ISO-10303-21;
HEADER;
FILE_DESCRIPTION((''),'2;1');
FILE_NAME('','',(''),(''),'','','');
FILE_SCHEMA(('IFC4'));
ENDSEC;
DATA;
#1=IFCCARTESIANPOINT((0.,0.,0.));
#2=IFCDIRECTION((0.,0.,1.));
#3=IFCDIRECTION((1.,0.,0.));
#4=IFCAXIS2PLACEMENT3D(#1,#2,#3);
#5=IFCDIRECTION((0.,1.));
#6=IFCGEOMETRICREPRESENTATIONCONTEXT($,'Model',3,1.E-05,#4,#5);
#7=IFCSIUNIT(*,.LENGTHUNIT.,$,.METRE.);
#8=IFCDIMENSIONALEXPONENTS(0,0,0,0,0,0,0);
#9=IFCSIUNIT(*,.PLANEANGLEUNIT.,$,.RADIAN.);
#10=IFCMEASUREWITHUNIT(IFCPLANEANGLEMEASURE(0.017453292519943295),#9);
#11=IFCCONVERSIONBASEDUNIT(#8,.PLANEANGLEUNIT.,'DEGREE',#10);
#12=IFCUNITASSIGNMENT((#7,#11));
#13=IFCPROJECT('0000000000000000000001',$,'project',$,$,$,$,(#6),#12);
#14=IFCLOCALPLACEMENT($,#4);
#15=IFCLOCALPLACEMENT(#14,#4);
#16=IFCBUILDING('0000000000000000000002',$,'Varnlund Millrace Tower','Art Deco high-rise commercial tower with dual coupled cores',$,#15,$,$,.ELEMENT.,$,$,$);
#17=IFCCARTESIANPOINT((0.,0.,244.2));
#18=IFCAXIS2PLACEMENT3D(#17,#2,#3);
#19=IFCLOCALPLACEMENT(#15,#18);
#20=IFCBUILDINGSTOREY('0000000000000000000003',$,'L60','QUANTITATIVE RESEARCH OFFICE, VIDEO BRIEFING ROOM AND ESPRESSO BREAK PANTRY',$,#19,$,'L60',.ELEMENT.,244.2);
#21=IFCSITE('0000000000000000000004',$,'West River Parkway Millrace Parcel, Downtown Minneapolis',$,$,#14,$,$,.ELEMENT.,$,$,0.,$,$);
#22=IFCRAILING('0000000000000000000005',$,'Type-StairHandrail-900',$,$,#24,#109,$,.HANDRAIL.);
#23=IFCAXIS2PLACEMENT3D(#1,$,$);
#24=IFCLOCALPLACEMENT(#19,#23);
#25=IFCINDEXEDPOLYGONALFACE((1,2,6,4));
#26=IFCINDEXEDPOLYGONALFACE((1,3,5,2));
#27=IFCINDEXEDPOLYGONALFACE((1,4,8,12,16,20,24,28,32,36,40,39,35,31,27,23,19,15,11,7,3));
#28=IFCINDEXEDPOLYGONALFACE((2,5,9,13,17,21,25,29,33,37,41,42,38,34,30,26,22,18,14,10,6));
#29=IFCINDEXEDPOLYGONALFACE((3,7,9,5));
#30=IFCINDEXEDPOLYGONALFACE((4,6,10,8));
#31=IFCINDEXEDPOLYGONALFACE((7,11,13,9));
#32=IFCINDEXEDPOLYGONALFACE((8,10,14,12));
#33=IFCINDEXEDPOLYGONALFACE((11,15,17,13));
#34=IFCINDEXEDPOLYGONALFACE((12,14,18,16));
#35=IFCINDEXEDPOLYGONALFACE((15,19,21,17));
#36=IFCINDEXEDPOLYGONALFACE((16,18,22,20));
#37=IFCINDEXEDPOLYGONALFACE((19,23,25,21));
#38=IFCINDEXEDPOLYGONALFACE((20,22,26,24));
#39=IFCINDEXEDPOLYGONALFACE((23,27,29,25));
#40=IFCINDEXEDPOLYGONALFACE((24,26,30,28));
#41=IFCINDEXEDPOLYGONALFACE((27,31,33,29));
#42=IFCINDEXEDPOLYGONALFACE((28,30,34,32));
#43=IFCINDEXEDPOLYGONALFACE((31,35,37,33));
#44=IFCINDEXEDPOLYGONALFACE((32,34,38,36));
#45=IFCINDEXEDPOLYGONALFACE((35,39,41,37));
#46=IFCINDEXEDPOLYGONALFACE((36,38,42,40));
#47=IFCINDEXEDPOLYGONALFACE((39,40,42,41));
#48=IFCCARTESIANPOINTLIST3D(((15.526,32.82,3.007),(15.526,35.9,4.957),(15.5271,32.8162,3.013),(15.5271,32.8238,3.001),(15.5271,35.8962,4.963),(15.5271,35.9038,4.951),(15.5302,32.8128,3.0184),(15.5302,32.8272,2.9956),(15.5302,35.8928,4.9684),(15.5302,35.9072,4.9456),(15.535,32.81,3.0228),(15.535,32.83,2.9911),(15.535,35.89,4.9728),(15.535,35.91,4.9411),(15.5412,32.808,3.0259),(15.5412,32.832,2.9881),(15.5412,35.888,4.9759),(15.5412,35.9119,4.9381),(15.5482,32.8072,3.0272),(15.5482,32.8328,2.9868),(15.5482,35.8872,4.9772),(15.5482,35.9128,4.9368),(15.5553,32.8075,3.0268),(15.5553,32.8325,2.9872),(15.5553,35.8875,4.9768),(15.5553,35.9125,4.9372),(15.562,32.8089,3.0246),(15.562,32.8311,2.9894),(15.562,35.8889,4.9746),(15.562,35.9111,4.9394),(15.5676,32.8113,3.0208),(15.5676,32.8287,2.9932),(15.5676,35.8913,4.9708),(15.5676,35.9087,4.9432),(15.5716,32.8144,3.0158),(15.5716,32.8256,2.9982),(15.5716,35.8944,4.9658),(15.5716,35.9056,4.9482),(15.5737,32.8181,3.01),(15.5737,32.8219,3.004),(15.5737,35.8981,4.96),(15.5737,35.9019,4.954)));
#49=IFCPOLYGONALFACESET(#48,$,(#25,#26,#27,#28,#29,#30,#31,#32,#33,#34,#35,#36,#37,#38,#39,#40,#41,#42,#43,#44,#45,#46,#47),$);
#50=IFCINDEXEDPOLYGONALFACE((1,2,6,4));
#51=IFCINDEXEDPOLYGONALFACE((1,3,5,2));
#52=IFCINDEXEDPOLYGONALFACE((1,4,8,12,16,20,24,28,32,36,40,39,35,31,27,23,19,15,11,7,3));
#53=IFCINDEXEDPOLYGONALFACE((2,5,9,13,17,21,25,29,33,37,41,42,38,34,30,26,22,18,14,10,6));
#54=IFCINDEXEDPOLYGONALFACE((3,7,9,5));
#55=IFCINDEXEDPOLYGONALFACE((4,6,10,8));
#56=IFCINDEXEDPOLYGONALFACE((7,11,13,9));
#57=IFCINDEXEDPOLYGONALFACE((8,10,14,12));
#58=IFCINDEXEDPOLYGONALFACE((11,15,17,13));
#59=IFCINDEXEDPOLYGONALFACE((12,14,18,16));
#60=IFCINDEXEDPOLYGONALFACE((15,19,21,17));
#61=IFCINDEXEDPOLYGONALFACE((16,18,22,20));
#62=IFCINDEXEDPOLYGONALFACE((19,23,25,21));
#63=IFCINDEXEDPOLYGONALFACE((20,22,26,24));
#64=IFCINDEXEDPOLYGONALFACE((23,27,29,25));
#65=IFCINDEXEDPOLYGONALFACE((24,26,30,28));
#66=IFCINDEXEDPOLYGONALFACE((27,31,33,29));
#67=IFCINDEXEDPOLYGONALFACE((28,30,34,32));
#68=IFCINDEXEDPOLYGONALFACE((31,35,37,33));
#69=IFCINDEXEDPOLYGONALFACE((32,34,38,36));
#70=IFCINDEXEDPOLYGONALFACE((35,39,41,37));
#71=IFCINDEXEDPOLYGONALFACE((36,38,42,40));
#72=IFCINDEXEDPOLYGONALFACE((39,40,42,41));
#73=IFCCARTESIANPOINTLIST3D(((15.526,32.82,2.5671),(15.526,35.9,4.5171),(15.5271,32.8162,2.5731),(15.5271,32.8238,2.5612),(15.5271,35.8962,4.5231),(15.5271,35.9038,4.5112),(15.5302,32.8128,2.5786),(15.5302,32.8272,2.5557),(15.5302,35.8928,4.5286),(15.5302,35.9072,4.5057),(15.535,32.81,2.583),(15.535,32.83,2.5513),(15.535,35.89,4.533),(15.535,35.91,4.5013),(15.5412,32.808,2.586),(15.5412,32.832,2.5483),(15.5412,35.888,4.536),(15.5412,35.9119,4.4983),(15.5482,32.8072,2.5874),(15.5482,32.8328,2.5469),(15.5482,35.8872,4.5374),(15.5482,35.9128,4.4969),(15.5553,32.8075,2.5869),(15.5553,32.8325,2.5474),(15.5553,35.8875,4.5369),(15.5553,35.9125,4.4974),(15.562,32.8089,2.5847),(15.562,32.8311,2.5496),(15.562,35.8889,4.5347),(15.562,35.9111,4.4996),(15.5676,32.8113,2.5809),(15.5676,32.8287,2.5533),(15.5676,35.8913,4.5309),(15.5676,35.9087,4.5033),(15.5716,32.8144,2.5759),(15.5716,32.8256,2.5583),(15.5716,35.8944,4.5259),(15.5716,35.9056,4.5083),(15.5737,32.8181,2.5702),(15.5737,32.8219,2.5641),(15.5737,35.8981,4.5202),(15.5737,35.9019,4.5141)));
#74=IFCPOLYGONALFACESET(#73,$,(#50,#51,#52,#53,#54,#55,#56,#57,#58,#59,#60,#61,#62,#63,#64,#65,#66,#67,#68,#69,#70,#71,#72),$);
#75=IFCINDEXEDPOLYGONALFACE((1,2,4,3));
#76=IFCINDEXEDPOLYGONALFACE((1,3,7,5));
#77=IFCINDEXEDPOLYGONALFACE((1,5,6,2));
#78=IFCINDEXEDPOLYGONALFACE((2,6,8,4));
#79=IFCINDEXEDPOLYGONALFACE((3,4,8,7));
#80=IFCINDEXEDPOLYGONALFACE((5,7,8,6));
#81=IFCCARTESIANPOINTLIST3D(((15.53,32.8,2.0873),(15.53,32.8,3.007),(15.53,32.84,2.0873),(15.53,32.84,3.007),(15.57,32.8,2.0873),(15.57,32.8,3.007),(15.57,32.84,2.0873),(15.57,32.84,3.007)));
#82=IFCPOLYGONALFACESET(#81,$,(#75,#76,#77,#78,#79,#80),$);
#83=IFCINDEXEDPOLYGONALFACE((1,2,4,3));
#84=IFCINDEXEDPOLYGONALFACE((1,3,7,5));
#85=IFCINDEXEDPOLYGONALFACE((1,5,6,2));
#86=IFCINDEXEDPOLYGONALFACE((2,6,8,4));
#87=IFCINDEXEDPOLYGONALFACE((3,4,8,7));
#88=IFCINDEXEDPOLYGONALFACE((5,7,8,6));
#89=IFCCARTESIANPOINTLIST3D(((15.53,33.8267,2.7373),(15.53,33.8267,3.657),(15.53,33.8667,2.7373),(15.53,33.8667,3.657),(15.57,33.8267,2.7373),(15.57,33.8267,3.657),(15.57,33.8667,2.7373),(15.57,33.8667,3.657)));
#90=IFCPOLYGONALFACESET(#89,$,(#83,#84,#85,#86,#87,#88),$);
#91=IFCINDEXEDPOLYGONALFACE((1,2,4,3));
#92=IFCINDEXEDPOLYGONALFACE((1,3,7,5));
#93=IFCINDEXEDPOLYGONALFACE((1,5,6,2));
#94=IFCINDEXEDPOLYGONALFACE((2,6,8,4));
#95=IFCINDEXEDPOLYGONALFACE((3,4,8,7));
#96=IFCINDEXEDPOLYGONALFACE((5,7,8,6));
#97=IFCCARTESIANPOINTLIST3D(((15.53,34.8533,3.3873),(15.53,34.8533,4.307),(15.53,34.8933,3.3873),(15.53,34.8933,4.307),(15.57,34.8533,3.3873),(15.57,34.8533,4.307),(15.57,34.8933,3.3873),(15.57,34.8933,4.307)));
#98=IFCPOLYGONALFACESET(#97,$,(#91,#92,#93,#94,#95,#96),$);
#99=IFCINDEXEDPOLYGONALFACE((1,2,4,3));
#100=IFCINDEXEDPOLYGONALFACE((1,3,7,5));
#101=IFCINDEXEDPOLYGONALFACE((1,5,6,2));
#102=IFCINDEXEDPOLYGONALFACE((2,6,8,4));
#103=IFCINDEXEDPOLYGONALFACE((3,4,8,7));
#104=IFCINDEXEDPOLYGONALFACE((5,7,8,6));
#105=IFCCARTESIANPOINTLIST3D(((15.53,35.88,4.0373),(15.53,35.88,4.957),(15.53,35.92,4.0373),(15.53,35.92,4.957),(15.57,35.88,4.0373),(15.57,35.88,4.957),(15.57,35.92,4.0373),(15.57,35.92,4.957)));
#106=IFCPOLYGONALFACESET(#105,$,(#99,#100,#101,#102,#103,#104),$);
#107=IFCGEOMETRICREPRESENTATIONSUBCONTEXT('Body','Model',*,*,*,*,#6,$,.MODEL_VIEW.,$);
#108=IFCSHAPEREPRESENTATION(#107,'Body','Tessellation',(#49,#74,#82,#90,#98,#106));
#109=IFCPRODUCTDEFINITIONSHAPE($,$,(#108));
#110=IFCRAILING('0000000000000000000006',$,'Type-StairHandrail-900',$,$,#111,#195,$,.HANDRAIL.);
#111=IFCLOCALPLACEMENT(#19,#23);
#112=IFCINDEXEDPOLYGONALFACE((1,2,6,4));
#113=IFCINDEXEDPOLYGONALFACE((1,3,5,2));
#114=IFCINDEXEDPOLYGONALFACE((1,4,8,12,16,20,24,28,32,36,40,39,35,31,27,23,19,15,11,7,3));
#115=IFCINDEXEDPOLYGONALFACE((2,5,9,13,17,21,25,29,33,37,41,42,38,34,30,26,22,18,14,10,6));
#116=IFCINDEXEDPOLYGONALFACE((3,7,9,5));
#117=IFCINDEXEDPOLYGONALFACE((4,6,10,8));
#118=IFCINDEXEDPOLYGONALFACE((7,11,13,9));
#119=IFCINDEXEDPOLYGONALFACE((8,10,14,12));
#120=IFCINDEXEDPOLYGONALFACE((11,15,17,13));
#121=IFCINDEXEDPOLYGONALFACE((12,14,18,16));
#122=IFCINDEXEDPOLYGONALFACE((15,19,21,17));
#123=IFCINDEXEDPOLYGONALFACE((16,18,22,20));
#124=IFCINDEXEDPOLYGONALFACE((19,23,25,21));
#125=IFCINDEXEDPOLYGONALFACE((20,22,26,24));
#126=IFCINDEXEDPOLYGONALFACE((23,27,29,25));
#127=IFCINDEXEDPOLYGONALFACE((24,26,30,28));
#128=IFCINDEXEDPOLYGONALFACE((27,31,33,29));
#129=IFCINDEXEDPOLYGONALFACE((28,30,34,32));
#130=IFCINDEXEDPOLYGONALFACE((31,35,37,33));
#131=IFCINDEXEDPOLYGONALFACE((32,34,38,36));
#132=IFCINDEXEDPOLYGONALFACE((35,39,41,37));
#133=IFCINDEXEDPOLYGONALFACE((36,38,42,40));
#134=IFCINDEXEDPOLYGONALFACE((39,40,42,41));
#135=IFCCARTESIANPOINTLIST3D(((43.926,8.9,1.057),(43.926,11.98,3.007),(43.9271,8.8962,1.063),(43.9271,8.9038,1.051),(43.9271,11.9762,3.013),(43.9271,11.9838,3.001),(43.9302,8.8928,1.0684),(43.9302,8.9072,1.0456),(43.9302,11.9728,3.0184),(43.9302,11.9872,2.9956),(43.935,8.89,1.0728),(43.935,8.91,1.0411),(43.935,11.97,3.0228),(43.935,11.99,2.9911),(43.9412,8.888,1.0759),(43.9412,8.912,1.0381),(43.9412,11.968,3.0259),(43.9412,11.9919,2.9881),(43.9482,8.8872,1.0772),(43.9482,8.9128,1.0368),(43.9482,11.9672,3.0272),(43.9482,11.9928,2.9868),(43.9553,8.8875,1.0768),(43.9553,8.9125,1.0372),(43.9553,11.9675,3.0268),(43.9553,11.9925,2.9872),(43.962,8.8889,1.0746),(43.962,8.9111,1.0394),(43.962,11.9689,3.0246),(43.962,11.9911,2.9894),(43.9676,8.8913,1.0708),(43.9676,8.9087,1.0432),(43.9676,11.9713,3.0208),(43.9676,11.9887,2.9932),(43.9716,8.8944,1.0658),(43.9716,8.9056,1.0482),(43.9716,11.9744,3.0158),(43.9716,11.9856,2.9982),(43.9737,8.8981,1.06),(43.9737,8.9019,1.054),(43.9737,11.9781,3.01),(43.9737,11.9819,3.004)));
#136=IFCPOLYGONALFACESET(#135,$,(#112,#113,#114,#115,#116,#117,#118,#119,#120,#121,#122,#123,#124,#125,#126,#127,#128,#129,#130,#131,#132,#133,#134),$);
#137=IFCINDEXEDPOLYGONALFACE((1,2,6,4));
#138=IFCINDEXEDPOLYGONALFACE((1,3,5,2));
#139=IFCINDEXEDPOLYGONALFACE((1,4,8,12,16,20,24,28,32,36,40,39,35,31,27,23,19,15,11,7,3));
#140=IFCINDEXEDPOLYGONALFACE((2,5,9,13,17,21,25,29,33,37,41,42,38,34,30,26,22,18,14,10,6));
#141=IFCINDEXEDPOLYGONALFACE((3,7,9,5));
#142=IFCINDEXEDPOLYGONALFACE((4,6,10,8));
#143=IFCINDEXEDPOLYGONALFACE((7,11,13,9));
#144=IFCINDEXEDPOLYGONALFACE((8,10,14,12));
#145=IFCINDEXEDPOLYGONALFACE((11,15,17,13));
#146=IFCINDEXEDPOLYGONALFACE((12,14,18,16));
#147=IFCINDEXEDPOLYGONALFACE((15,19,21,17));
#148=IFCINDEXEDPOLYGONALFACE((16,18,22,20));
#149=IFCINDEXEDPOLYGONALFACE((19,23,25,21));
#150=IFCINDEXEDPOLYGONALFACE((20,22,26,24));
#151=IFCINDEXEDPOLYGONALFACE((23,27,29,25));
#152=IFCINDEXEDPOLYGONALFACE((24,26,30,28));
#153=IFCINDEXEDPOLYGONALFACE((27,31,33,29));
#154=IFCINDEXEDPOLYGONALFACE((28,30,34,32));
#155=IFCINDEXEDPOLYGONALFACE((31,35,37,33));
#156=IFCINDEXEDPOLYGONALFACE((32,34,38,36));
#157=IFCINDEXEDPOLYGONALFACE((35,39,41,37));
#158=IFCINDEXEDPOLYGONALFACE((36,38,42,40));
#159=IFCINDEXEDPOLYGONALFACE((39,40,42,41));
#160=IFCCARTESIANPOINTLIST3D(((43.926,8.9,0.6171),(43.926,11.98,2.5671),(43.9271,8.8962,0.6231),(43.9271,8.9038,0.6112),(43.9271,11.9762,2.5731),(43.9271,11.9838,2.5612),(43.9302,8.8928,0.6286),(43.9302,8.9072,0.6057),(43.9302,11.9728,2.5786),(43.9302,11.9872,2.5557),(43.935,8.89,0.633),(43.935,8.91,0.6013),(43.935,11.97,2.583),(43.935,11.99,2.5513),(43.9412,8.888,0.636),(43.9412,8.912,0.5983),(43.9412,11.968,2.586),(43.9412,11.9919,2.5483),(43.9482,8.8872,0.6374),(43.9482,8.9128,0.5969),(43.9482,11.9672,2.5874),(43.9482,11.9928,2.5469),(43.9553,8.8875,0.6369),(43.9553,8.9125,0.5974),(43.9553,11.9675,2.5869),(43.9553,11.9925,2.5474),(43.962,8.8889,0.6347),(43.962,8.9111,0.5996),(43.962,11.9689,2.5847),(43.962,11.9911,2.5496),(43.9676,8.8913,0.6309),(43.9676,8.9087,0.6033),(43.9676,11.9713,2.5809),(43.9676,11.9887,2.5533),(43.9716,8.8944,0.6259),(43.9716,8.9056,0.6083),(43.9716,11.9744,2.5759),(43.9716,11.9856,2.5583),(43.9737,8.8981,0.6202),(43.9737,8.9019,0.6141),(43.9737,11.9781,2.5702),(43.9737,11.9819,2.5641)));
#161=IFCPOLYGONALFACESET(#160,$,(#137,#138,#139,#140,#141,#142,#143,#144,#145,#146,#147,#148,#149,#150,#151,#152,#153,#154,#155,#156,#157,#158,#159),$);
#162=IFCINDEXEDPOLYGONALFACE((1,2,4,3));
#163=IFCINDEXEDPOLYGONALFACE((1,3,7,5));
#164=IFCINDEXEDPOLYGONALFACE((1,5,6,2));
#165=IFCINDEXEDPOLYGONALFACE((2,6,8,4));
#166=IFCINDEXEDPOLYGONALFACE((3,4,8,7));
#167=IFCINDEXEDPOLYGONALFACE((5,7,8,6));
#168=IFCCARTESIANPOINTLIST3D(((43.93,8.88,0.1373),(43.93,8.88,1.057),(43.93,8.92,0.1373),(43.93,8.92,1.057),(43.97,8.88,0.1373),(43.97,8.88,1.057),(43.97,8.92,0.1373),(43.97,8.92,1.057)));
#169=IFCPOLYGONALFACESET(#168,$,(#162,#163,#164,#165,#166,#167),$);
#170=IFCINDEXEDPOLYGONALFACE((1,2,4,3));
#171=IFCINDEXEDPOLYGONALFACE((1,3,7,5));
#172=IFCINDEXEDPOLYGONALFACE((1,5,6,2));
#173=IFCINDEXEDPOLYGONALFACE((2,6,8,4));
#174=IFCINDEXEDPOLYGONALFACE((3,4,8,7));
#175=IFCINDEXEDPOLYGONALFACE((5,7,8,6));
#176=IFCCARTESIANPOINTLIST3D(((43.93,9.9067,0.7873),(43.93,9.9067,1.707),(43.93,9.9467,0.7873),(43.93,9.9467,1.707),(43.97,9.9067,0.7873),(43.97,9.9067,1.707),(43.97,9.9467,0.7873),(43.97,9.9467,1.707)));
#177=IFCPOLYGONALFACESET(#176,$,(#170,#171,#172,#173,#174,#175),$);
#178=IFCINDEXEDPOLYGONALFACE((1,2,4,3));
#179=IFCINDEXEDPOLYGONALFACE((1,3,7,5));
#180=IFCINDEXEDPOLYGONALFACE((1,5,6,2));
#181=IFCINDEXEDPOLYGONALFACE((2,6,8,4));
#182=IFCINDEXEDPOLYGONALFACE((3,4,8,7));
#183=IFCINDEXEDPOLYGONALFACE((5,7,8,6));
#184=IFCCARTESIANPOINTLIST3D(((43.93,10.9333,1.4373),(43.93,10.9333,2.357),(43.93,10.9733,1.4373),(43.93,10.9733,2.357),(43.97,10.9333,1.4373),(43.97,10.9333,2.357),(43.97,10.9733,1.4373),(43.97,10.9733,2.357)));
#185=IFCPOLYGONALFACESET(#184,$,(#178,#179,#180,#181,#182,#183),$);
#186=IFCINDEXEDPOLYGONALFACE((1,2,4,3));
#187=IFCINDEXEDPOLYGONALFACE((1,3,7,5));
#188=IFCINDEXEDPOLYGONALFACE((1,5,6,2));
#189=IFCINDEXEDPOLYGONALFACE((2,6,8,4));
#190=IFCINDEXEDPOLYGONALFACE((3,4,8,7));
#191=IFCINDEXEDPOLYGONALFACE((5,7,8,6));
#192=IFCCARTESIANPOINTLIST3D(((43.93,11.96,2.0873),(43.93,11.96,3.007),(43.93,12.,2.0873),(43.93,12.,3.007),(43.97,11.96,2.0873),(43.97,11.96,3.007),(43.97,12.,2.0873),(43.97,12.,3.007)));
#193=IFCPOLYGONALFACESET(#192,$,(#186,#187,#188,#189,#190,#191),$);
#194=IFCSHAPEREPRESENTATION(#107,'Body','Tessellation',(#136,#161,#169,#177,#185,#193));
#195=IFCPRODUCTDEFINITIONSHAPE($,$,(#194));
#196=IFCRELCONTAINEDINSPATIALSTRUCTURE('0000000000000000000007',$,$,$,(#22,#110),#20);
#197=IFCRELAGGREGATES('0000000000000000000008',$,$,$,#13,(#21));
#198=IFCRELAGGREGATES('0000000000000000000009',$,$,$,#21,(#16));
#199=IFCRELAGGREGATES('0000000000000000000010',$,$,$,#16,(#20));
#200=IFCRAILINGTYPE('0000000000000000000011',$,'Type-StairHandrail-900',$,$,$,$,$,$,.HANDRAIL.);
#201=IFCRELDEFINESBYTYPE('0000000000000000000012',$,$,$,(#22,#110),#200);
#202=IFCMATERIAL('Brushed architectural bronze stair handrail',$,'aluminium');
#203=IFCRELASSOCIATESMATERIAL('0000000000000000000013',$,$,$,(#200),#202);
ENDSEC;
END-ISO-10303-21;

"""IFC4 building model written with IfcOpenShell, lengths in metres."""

from ifc_helpers import new_model, entity, si_unit, converted_unit, direction, frame, origin_with_axes, origin_2d_with_axis, place, context, subcontext, project, spatial, rectangle, circle, extrude, material, type_object, element, save


model = new_model("IFC4")

# Units and contexts
model_context = context("Model", 3, precision=1e-05, world=origin_with_axes(), true_north=direction((0.0, 1.0)))
body_context = subcontext(model_context, "Body", "Model", "MODEL_VIEW")
ifc_project = project(units=[si_unit("LENGTHUNIT", "METRE"), converted_unit("PLANEANGLEUNIT", "DEGREE", entity("IfcPlaneAngleMeasure", 0.017453292519943295), si_unit("PLANEANGLEUNIT", "RADIAN"), dimensions=[0, 0, 0, 0, 0, 0, 0])], contexts=[model_context])

# Site, building, storey
site_placement = place(None, origin_with_axes())
site = spatial("IfcSite", under=ifc_project, at=site_placement, Name="West River Parkway Millrace Parcel, Downtown Minneapolis", CompositionType="ELEMENT", RefElevation=0.0)
building_placement = place(site_placement, origin_with_axes())
building = spatial("IfcBuilding", under=site, at=building_placement, Name="Varnlund Millrace Tower", Description="Art Deco high-rise commercial tower with dual coupled cores", CompositionType="ELEMENT")
storey_placement = place(building_placement, frame((0.0, 0.0, 244.2), z_axis=(0.0, 0.0, 1.0), x_axis=(1.0, 0.0, 0.0)))
storey = spatial("IfcBuildingStorey", under=building, at=storey_placement, Name="L60", Description="QUANTITATIVE RESEARCH OFFICE, VIDEO BRIEFING ROOM AND ESPRESSO BREAK PANTRY", LongName="L60", CompositionType="ELEMENT", Elevation=244.2)

# Railings
ifc_material_1 = material(Name="Brushed architectural bronze stair handrail", Category="aluminium")
railing_type_1 = type_object("IfcRailingType", Name="Type-StairHandrail-900", PredefinedType="HANDRAIL", material=ifc_material_1)
railing_1_placement = place(storey_placement, frame((0.0, 0.0, -244.2), z_axis=(0.0, 0.0, 1.0), x_axis=(1.0, 0.0, 0.0)))
element("IfcRailing", 1, at=railing_1_placement, inside=storey, type_object=railing_type_1, Name="Type-StairHandrail-900", PredefinedType="HANDRAIL", context=body_context, shape_type="SweptSolid", body=[
    extrude(circle(Radius=0.024, at=origin_2d_with_axis()), frame((15.55, 32.82, 247.207), z_axis=(0.0, 0.844902, 0.534922), x_axis=(-1.0, 0.0, 0.0)), (0.0, 0.0, 1.0), 3.6454),
    extrude(circle(Radius=0.024, at=origin_2d_with_axis()), frame((15.55, 32.82, 246.7671), z_axis=(0.0, 0.844902, 0.534922), x_axis=(-1.0, 0.0, 0.0)), (0.0, 0.0, 1.0), 3.6454),
    extrude(rectangle(XDim=0.04, YDim=0.04, at=origin_2d_with_axis()), frame((15.55, 32.82, 246.2873), z_axis=(0.0, 0.0, 1.0), x_axis=(1.0, 0.0, 0.0)), (0.0, 0.0, 1.0), 0.9197),
    extrude(rectangle(XDim=0.04, YDim=0.04, at=origin_2d_with_axis()), frame((15.55, 33.8467, 246.9373), z_axis=(0.0, 0.0, 1.0), x_axis=(1.0, 0.0, 0.0)), (0.0, 0.0, 1.0), 0.9197),
    extrude(rectangle(XDim=0.04, YDim=0.04, at=origin_2d_with_axis()), frame((15.55, 34.8733, 247.5873), z_axis=(0.0, 0.0, 1.0), x_axis=(1.0, 0.0, 0.0)), (0.0, 0.0, 1.0), 0.9197),
    extrude(rectangle(XDim=0.04, YDim=0.04, at=origin_2d_with_axis()), frame((15.55, 35.9, 248.2373), z_axis=(0.0, 0.0, 1.0), x_axis=(1.0, 0.0, 0.0)), (0.0, 0.0, 1.0), 0.9197),
])
railing_2_placement = place(storey_placement, frame((0.0, 0.0, -244.2), z_axis=(0.0, 0.0, 1.0), x_axis=(1.0, 0.0, 0.0)))
element("IfcRailing", 2, at=railing_2_placement, inside=storey, type_object=railing_type_1, Name="Type-StairHandrail-900", PredefinedType="HANDRAIL", context=body_context, shape_type="SweptSolid", body=[
    extrude(circle(Radius=0.024, at=origin_2d_with_axis()), frame((43.95, 8.9, 245.257), z_axis=(0.0, 0.844902, 0.534922), x_axis=(-1.0, 0.0, 0.0)), (0.0, 0.0, 1.0), 3.6454),
    extrude(circle(Radius=0.024, at=origin_2d_with_axis()), frame((43.95, 8.9, 244.8171), z_axis=(0.0, 0.844902, 0.534922), x_axis=(-1.0, 0.0, 0.0)), (0.0, 0.0, 1.0), 3.6454),
    extrude(rectangle(XDim=0.04, YDim=0.04, at=origin_2d_with_axis()), frame((43.95, 8.9, 244.3373), z_axis=(0.0, 0.0, 1.0), x_axis=(1.0, 0.0, 0.0)), (0.0, 0.0, 1.0), 0.9197),
    extrude(rectangle(XDim=0.04, YDim=0.04, at=origin_2d_with_axis()), frame((43.95, 9.9267, 244.9873), z_axis=(0.0, 0.0, 1.0), x_axis=(1.0, 0.0, 0.0)), (0.0, 0.0, 1.0), 0.9197),
    extrude(rectangle(XDim=0.04, YDim=0.04, at=origin_2d_with_axis()), frame((43.95, 10.9533, 245.6373), z_axis=(0.0, 0.0, 1.0), x_axis=(1.0, 0.0, 0.0)), (0.0, 0.0, 1.0), 0.9197),
    extrude(rectangle(XDim=0.04, YDim=0.04, at=origin_2d_with_axis()), frame((43.95, 11.98, 246.2873), z_axis=(0.0, 0.0, 1.0), x_axis=(1.0, 0.0, 0.0)), (0.0, 0.0, 1.0), 0.9197),
])

save(model, "model.ifc")
